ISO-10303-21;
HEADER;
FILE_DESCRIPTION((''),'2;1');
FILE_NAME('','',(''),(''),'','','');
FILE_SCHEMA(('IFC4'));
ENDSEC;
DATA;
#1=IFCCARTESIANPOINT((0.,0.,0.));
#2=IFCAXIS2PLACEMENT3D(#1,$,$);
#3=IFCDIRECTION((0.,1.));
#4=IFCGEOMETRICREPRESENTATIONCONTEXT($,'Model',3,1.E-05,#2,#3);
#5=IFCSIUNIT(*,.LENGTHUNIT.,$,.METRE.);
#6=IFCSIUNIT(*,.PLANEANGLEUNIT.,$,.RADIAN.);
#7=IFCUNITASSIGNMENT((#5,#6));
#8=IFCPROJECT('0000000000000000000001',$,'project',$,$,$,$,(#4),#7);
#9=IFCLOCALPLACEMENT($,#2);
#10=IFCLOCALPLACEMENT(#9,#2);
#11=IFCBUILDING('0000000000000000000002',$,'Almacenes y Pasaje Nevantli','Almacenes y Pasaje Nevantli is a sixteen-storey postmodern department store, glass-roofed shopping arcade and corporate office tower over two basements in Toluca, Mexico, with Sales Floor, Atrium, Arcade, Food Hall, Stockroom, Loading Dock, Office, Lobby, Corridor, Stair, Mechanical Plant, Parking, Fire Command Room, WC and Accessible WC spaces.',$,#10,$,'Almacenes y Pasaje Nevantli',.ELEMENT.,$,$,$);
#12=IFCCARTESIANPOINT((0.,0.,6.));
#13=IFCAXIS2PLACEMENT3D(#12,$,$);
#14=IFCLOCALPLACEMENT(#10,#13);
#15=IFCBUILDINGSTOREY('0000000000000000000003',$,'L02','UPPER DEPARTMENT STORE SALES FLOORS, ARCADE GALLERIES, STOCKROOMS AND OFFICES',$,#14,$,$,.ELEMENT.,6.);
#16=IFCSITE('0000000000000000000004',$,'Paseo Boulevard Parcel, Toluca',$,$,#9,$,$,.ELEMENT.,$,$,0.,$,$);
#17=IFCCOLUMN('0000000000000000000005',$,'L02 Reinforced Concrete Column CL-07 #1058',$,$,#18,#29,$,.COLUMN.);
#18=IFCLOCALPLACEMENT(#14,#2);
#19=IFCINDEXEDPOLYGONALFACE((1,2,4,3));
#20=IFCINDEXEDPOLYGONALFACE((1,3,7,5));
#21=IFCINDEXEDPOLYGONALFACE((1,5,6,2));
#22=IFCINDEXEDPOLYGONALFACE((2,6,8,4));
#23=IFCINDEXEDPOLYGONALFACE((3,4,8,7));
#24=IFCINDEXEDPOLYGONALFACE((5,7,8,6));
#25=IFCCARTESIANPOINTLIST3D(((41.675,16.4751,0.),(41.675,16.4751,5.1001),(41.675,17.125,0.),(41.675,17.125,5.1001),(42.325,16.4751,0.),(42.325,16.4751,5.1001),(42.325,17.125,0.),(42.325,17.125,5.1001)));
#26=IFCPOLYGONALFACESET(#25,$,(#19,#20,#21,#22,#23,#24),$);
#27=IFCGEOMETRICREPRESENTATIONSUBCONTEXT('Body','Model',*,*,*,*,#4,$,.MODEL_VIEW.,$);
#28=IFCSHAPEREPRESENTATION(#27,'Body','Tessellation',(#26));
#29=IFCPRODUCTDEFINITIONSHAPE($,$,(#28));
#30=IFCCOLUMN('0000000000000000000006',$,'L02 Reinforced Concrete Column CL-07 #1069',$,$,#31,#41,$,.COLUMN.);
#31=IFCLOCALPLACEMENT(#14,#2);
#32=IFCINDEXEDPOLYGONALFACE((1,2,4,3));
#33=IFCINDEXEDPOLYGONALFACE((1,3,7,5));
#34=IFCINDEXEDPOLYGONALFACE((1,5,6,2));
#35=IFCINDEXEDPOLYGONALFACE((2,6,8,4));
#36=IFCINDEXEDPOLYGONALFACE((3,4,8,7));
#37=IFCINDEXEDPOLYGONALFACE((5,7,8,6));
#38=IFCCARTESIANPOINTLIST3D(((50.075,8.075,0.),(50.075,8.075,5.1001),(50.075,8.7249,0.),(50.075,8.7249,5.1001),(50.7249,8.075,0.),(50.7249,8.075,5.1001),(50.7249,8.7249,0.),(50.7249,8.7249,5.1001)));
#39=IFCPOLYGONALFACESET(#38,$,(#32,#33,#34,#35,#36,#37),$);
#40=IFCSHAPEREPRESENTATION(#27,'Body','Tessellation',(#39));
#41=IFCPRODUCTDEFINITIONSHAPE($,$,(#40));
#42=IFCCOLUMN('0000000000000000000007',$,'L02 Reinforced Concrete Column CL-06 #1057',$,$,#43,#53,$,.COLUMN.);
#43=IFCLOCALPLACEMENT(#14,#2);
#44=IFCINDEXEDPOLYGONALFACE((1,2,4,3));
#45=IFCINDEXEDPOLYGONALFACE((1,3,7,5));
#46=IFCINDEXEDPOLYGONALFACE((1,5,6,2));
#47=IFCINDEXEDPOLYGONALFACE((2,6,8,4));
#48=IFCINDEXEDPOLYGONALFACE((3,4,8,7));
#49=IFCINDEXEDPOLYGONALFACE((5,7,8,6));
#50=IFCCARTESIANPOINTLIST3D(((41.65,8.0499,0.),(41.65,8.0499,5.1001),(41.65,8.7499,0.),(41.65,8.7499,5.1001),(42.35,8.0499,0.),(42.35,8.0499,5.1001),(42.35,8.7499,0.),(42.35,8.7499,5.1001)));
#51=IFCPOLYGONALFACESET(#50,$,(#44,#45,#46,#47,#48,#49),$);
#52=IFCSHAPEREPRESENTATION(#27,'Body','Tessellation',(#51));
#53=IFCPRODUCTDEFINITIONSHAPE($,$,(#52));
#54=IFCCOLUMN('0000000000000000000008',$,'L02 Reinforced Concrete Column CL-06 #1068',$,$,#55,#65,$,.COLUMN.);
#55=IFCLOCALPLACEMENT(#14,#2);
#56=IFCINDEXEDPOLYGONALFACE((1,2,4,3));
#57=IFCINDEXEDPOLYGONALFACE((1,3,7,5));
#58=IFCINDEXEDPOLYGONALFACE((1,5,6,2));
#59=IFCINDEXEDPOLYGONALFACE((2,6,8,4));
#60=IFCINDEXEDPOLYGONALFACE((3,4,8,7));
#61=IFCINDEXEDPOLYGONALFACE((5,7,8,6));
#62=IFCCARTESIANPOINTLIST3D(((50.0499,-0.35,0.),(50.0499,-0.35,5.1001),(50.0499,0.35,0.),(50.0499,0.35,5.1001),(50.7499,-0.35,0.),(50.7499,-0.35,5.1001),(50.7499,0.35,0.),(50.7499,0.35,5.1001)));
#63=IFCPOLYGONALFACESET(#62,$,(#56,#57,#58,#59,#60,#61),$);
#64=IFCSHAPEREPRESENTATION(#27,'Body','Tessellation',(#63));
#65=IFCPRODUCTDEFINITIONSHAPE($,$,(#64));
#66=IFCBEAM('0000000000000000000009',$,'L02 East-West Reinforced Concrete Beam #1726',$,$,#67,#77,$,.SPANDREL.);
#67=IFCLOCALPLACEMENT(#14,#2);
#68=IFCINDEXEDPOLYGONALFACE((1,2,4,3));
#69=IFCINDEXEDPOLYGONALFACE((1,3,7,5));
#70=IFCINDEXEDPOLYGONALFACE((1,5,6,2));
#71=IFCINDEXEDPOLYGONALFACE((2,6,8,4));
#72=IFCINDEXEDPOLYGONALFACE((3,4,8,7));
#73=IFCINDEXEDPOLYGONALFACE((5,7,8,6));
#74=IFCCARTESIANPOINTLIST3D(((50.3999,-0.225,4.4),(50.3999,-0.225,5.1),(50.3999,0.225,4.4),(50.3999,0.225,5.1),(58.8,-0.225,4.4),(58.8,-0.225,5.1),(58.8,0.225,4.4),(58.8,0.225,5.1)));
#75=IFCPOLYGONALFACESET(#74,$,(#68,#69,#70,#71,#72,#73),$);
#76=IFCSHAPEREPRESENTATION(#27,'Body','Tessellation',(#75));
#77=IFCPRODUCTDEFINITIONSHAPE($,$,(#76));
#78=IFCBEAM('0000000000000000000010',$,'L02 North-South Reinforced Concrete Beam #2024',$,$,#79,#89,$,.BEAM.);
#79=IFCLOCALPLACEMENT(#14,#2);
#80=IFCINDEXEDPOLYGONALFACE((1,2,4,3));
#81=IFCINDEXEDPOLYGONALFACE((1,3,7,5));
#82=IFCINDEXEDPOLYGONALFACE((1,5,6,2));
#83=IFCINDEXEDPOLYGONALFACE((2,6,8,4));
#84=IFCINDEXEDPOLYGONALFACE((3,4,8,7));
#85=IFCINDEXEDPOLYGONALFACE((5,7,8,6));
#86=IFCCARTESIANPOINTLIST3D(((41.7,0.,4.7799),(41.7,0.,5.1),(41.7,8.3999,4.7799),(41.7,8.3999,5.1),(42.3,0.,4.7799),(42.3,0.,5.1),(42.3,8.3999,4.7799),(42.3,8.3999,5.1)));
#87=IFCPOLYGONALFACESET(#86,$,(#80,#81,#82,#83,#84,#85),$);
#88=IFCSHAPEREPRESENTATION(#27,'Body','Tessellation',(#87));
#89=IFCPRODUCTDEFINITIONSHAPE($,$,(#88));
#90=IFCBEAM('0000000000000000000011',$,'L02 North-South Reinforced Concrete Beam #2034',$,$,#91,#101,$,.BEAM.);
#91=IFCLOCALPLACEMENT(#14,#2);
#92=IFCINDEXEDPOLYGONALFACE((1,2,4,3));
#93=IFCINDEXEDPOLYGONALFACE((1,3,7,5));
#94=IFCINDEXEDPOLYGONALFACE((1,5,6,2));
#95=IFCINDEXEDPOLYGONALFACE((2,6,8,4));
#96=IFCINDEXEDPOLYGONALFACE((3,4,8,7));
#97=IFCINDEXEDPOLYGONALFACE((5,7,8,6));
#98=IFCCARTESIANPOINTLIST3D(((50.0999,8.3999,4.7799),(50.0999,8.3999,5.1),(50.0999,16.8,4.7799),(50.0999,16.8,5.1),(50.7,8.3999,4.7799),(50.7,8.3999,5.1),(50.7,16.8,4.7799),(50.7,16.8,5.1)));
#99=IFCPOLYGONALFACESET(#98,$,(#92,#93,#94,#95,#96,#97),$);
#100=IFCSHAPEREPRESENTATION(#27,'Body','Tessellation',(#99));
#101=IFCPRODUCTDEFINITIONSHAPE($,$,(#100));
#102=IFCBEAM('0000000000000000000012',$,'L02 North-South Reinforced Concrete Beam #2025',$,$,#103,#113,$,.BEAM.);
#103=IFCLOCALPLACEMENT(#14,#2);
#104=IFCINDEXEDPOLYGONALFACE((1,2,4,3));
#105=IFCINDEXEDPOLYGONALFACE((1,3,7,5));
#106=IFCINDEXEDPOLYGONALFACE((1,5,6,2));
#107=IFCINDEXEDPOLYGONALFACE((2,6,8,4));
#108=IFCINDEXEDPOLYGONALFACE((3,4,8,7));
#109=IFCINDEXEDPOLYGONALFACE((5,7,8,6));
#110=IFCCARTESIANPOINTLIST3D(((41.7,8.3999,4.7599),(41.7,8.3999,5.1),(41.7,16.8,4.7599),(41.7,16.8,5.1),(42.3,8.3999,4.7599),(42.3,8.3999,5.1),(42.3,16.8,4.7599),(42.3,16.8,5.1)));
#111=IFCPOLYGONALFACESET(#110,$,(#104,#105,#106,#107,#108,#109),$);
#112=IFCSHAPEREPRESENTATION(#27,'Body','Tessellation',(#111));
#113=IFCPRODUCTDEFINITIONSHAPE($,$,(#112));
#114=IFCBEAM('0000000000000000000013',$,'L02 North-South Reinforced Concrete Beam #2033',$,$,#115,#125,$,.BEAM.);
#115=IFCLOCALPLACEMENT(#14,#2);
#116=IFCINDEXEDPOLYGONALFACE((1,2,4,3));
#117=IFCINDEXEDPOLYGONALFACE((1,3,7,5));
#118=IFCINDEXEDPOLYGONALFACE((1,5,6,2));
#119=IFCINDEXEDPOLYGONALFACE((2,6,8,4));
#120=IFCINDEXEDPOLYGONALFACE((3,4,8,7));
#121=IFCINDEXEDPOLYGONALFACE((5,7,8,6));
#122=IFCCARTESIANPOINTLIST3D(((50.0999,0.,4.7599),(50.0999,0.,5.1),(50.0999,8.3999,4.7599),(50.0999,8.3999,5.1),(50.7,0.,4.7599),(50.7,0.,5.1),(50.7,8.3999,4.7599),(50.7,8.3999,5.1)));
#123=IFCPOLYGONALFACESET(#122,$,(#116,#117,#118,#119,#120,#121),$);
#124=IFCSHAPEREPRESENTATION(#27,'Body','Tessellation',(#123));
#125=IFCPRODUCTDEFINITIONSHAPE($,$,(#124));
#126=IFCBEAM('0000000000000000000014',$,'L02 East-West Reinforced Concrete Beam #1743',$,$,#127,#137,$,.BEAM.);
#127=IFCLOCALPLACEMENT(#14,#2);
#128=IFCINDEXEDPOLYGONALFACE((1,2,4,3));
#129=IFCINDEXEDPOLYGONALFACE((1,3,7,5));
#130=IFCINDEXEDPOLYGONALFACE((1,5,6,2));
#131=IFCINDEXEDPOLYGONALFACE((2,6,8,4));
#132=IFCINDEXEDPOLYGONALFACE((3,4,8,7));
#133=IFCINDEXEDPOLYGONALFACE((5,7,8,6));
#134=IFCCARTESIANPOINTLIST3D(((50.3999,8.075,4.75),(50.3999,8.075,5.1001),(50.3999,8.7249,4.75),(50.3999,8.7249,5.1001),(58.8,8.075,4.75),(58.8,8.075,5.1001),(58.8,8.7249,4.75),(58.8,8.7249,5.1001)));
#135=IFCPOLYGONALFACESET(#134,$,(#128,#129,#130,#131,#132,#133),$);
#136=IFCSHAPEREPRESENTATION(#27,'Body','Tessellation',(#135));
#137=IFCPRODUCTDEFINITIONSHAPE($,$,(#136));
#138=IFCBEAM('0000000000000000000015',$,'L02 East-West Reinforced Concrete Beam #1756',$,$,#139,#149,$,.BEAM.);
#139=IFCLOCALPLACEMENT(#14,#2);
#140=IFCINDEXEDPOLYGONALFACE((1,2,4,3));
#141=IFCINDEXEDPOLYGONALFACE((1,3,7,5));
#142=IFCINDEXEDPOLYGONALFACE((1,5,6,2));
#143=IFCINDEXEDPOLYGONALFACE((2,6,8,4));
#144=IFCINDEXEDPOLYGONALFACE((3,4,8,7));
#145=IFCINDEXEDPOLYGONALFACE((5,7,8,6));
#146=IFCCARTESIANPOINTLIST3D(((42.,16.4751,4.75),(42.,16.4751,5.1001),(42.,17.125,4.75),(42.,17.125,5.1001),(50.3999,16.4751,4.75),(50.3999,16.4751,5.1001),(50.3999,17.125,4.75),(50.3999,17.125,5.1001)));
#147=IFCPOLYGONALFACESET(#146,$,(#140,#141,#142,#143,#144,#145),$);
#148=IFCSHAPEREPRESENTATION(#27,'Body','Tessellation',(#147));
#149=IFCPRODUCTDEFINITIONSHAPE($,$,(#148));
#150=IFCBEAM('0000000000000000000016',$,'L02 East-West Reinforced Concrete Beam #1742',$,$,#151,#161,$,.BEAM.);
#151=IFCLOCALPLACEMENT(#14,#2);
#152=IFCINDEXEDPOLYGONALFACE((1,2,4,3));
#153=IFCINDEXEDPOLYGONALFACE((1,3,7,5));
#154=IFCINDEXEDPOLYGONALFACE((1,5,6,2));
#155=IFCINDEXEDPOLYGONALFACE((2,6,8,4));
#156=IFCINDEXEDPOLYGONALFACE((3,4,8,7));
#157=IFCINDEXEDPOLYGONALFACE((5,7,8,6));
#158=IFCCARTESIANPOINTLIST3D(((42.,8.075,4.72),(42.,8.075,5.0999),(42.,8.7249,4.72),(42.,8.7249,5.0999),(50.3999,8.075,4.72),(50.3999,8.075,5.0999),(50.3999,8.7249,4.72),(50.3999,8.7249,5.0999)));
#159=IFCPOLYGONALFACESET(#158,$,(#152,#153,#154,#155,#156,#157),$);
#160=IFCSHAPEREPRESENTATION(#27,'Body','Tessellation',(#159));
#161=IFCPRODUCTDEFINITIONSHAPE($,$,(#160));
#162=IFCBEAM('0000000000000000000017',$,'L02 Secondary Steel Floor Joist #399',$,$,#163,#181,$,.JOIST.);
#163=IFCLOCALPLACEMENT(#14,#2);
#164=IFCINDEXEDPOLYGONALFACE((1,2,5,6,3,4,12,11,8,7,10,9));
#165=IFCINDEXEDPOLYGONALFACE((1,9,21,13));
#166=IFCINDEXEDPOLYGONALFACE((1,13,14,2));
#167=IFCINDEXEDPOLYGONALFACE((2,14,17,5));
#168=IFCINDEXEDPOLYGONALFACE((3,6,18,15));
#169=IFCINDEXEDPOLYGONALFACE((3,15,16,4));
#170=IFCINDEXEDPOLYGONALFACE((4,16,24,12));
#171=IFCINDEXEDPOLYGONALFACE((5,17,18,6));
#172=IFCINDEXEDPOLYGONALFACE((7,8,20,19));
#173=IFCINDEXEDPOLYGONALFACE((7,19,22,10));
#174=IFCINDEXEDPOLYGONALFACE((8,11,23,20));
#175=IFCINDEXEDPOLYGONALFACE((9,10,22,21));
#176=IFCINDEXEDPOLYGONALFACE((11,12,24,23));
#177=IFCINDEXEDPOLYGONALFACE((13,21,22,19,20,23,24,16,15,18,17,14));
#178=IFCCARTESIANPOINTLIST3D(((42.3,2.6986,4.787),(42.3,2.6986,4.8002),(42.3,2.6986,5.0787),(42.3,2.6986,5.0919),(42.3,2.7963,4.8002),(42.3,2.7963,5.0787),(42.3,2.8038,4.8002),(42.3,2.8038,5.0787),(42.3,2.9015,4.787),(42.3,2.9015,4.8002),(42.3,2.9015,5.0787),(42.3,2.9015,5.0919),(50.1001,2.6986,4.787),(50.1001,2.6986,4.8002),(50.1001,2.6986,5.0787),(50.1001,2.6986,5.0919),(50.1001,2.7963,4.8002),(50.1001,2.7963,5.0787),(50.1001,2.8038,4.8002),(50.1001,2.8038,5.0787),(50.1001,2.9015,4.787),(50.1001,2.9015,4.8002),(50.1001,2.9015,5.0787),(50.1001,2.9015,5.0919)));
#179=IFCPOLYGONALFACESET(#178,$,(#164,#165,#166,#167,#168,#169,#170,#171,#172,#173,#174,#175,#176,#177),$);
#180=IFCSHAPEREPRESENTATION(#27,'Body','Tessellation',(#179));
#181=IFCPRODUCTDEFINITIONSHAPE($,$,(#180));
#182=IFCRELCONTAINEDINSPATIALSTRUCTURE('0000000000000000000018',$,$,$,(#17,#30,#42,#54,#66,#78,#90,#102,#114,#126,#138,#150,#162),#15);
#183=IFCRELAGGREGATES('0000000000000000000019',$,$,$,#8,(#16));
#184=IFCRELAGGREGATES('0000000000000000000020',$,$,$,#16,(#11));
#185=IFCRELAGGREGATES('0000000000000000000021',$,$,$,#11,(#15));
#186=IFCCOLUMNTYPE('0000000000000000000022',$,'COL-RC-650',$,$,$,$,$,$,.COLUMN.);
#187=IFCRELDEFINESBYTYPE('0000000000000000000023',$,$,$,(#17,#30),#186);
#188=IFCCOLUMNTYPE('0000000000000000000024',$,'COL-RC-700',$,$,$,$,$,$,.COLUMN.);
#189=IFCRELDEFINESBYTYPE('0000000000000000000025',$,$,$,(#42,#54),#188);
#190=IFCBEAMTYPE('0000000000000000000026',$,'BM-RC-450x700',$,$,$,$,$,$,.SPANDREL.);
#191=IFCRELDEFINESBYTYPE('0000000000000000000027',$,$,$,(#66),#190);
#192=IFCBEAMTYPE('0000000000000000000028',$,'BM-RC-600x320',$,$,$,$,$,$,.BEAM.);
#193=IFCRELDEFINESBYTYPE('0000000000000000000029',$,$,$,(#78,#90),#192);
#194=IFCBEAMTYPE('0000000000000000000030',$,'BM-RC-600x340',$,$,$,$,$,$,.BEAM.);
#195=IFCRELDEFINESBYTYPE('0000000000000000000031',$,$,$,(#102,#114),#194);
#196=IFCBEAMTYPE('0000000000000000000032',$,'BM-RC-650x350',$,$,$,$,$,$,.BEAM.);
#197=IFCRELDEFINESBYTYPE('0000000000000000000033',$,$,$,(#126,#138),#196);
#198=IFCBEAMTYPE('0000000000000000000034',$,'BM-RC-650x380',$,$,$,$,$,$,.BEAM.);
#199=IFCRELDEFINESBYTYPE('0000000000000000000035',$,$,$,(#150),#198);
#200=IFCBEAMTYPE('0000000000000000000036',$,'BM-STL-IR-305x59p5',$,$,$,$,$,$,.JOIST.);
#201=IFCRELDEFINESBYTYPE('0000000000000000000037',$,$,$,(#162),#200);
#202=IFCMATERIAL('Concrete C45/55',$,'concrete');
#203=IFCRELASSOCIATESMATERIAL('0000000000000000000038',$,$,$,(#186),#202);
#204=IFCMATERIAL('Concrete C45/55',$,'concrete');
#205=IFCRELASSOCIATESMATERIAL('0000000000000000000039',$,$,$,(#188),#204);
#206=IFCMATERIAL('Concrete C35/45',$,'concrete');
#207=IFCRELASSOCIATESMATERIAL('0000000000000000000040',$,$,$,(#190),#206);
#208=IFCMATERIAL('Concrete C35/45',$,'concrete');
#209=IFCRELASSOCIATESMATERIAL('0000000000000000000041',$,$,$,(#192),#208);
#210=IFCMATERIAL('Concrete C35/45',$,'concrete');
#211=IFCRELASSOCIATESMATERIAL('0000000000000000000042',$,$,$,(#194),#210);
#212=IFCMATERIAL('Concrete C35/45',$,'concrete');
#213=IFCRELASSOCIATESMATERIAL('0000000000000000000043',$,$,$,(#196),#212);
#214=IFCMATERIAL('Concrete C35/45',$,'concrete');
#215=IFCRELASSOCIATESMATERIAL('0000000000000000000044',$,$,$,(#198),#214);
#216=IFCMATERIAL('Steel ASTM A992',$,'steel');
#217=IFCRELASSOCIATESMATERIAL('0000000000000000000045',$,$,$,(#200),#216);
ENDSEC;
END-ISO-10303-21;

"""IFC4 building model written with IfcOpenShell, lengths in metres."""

from ifc_helpers import new_model, si_unit, direction, frame, origin, origin_2d, place, context, subcontext, project, spatial, rectangle, i_section, extrude, material, material_profile, profile_set, type_object, element, save


model = new_model("IFC4")

# Units and contexts
model_context = context("Model", 3, precision=1e-05, world=origin(), true_north=direction((0.0, 1.0)))
body_context = subcontext(model_context, "Body", "Model", "MODEL_VIEW")
ifc_project = project(units=[si_unit("LENGTHUNIT", "METRE"), si_unit("PLANEANGLEUNIT", "RADIAN")], contexts=[model_context])

# Site, building, storey
site_placement = place(None, origin())
site = spatial("IfcSite", under=ifc_project, at=site_placement, Name="Paseo Boulevard Parcel, Toluca", CompositionType="ELEMENT", RefElevation=0.0)
building_placement = place(site_placement, origin())
building = spatial("IfcBuilding", under=site, at=building_placement, Name="Almacenes y Pasaje Nevantli", Description="Almacenes y Pasaje Nevantli is a sixteen-storey postmodern department store, glass-roofed shopping arcade and corporate office tower over two basements in Toluca, Mexico, with Sales Floor, Atrium, Arcade, Food Hall, Stockroom, Loading Dock, Office, Lobby, Corridor, Stair, Mechanical Plant, Parking, Fire Command Room, WC and Accessible WC spaces.", LongName="Almacenes y Pasaje Nevantli", CompositionType="ELEMENT")
storey_placement = place(building_placement, frame((0.0, 0.0, 6.0)))
storey = spatial("IfcBuildingStorey", under=building, at=storey_placement, Name="L02", Description="UPPER DEPARTMENT STORE SALES FLOORS, ARCADE GALLERIES, STOCKROOMS AND OFFICES", CompositionType="ELEMENT", Elevation=6.0)

# Columns
ifc_material_1 = material(Name="Concrete C45/55", Category="concrete")
ifc_material_profile_1 = material_profile(ifc_material_1, rectangle(XDim=0.6499, YDim=0.6499, at=origin_2d()), Name="RC-COL-650x650")
ifc_profile_set_1 = profile_set([ifc_material_profile_1], Name="Concrete C45/55")
column_type_1 = type_object("IfcColumnType", Name="COL-RC-650", PredefinedType="COLUMN", material=ifc_profile_set_1)
for number, where, z_axis, x_axis, name in (
    (1, (42.0, 16.8, 0.0), (0.0, 0.0, 1.0), (1.0, 0.0, 0.0), "L02 Reinforced Concrete Column CL-07 #1058"),
    (2, (50.3999, 8.3999, 0.0), (0.0, 0.0, 1.0), (1.0, 0.0, 0.0), "L02 Reinforced Concrete Column CL-07 #1069"),
):
    element("IfcColumn", number, at=place(storey_placement, frame(where, z_axis=z_axis, x_axis=x_axis)), inside=storey, type_object=column_type_1, Name=name, PredefinedType="COLUMN", context=body_context, shape_type="SweptSolid", body=[
        extrude(rectangle(XDim=0.6499, YDim=0.6499, at=origin_2d()), origin(), (0.0, 0.0, 1.0), 5.1001),
    ])
ifc_material_2 = material(Name="Concrete C45/55", Category="concrete")
ifc_material_profile_2 = material_profile(ifc_material_2, rectangle(XDim=0.7, YDim=0.7, at=origin_2d()), Name="RC-COL-700x700")
ifc_profile_set_2 = profile_set([ifc_material_profile_2], Name="Concrete C45/55")
column_type_2 = type_object("IfcColumnType", Name="COL-RC-700", PredefinedType="COLUMN", material=ifc_profile_set_2)
for number, where, z_axis, x_axis, name in (
    (3, (42.0, 8.3999, 0.0), (0.0, 0.0, 1.0), (1.0, 0.0, 0.0), "L02 Reinforced Concrete Column CL-06 #1057"),
    (4, (50.3999, 0.0, 0.0), (0.0, 0.0, 1.0), (1.0, 0.0, 0.0), "L02 Reinforced Concrete Column CL-06 #1068"),
):
    element("IfcColumn", number, at=place(storey_placement, frame(where, z_axis=z_axis, x_axis=x_axis)), inside=storey, type_object=column_type_2, Name=name, PredefinedType="COLUMN", context=body_context, shape_type="SweptSolid", body=[
        extrude(rectangle(XDim=0.7, YDim=0.7, at=origin_2d()), origin(), (0.0, 0.0, 1.0), 5.1001),
    ])

# Beams
ifc_material_3 = material(Name="Concrete C35/45", Category="concrete")
ifc_material_profile_3 = material_profile(ifc_material_3, rectangle(XDim=0.45, YDim=0.7, at=origin_2d()), Name="RC-BM-450x700")
ifc_profile_set_3 = profile_set([ifc_material_profile_3], Name="Concrete C35/45")
beam_type_1 = type_object("IfcBeamType", Name="BM-RC-450x700", PredefinedType="SPANDREL", material=ifc_profile_set_3)
beam_1_placement = place(storey_placement, frame((50.3999, 0.0, 4.75), z_axis=(1.0, 0.0, 0.0), x_axis=(0.0, 1.0, 0.0)))
element("IfcBeam", 5, at=beam_1_placement, inside=storey, type_object=beam_type_1, Name="L02 East-West Reinforced Concrete Beam #1726", PredefinedType="SPANDREL", context=body_context, shape_type="SweptSolid", body=[
    extrude(rectangle(XDim=0.45, YDim=0.7, at=origin_2d()), origin(), (0.0, 0.0, 1.0), 8.4001),
])
ifc_material_4 = material(Name="Concrete C35/45", Category="concrete")
ifc_material_profile_4 = material_profile(ifc_material_4, rectangle(XDim=0.6001, YDim=0.3201, at=origin_2d()), Name="RC-BM-600x320")
ifc_profile_set_4 = profile_set([ifc_material_profile_4], Name="Concrete C35/45")
beam_type_2 = type_object("IfcBeamType", Name="BM-RC-600x320", PredefinedType="BEAM", material=ifc_profile_set_4)
beam_2_placement = place(storey_placement, frame((42.0, 0.0, 4.9399), z_axis=(0.0, 1.0, 0.0), x_axis=(-1.0, 0.0, 0.0)))
element("IfcBeam", 6, at=beam_2_placement, inside=storey, type_object=beam_type_2, Name="L02 North-South Reinforced Concrete Beam #2024", PredefinedType="BEAM", context=body_context, shape_type="SweptSolid", body=[
    extrude(rectangle(XDim=0.6001, YDim=0.3201, at=origin_2d()), origin(), (0.0, 0.0, 1.0), 8.3999),
])
beam_3_placement = place(storey_placement, frame((50.3999, 8.3999, 4.9399), z_axis=(0.0, 1.0, 0.0), x_axis=(-1.0, 0.0, 0.0)))
element("IfcBeam", 7, at=beam_3_placement, inside=storey, type_object=beam_type_2, Name="L02 North-South Reinforced Concrete Beam #2034", PredefinedType="BEAM", context=body_context, shape_type="SweptSolid", body=[
    extrude(rectangle(XDim=0.6001, YDim=0.3201, at=origin_2d()), origin(), (0.0, 0.0, 1.0), 8.4001),
])
ifc_material_5 = material(Name="Concrete C35/45", Category="concrete")
ifc_material_profile_5 = material_profile(ifc_material_5, rectangle(XDim=0.6001, YDim=0.3401, at=origin_2d()), Name="RC-BM-600x340")
ifc_profile_set_5 = profile_set([ifc_material_profile_5], Name="Concrete C35/45")
beam_type_3 = type_object("IfcBeamType", Name="BM-RC-600x340", PredefinedType="BEAM", material=ifc_profile_set_5)
beam_4_placement = place(storey_placement, frame((42.0, 8.3999, 4.9299), z_axis=(0.0, 1.0, 0.0), x_axis=(-1.0, 0.0, 0.0)))
element("IfcBeam", 8, at=beam_4_placement, inside=storey, type_object=beam_type_3, Name="L02 North-South Reinforced Concrete Beam #2025", PredefinedType="BEAM", context=body_context, shape_type="SweptSolid", body=[
    extrude(rectangle(XDim=0.6001, YDim=0.3401, at=origin_2d()), origin(), (0.0, 0.0, 1.0), 8.4001),
])
beam_5_placement = place(storey_placement, frame((50.3999, 0.0, 4.9299), z_axis=(0.0, 1.0, 0.0), x_axis=(-1.0, 0.0, 0.0)))
element("IfcBeam", 9, at=beam_5_placement, inside=storey, type_object=beam_type_3, Name="L02 North-South Reinforced Concrete Beam #2033", PredefinedType="BEAM", context=body_context, shape_type="SweptSolid", body=[
    extrude(rectangle(XDim=0.6001, YDim=0.3401, at=origin_2d()), origin(), (0.0, 0.0, 1.0), 8.3999),
])
ifc_material_6 = material(Name="Concrete C35/45", Category="concrete")
ifc_material_profile_6 = material_profile(ifc_material_6, rectangle(XDim=0.6499, YDim=0.3501, at=origin_2d()), Name="RC-BM-650x350")
ifc_profile_set_6 = profile_set([ifc_material_profile_6], Name="Concrete C35/45")
beam_type_4 = type_object("IfcBeamType", Name="BM-RC-650x350", PredefinedType="BEAM", material=ifc_profile_set_6)
beam_6_placement = place(storey_placement, frame((50.3999, 8.3999, 4.925), z_axis=(1.0, 0.0, 0.0), x_axis=(0.0, 1.0, 0.0)))
element("IfcBeam", 10, at=beam_6_placement, inside=storey, type_object=beam_type_4, Name="L02 East-West Reinforced Concrete Beam #1743", PredefinedType="BEAM", context=body_context, shape_type="SweptSolid", body=[
    extrude(rectangle(XDim=0.6499, YDim=0.3501, at=origin_2d()), origin(), (0.0, 0.0, 1.0), 8.4001),
])
beam_7_placement = place(storey_placement, frame((42.0, 16.8, 4.925), z_axis=(1.0, 0.0, 0.0), x_axis=(0.0, 1.0, 0.0)))
element("IfcBeam", 11, at=beam_7_placement, inside=storey, type_object=beam_type_4, Name="L02 East-West Reinforced Concrete Beam #1756", PredefinedType="BEAM", context=body_context, shape_type="SweptSolid", body=[
    extrude(rectangle(XDim=0.6499, YDim=0.3501, at=origin_2d()), origin(), (0.0, 0.0, 1.0), 8.3999),
])
ifc_material_7 = material(Name="Concrete C35/45", Category="concrete")
ifc_material_profile_7 = material_profile(ifc_material_7, rectangle(XDim=0.6499, YDim=0.3799, at=origin_2d()), Name="RC-BM-650x380")
ifc_profile_set_7 = profile_set([ifc_material_profile_7], Name="Concrete C35/45")
beam_type_5 = type_object("IfcBeamType", Name="BM-RC-650x380", PredefinedType="BEAM", material=ifc_profile_set_7)
beam_8_placement = place(storey_placement, frame((42.0, 8.3999, 4.9099), z_axis=(1.0, 0.0, 0.0), x_axis=(0.0, 1.0, 0.0)))
element("IfcBeam", 12, at=beam_8_placement, inside=storey, type_object=beam_type_5, Name="L02 East-West Reinforced Concrete Beam #1742", PredefinedType="BEAM", context=body_context, shape_type="SweptSolid", body=[
    extrude(rectangle(XDim=0.6499, YDim=0.3799, at=origin_2d()), origin(), (0.0, 0.0, 1.0), 8.3999),
])
ifc_material_8 = material(Name="Steel ASTM A992", Category="steel")
ifc_material_profile_8 = material_profile(ifc_material_8, i_section(OverallWidth=0.2029, OverallDepth=0.3049, WebThickness=0.0076, FlangeThickness=0.0132, at=origin_2d()), Name="IR 305x59.5")
ifc_profile_set_8 = profile_set([ifc_material_profile_8], Name="Steel ASTM A992")
beam_type_6 = type_object("IfcBeamType", Name="BM-STL-IR-305x59p5", PredefinedType="JOIST", material=ifc_profile_set_8)
for number, where, z_axis, x_axis, name in (
    (13, (42.3, 2.8, 4.9395), (1.0, 0.0, 0.0), (0.0, 1.0, 0.0), "L02 Secondary Steel Floor Joist #399"),
):
    element("IfcBeam", number, at=place(storey_placement, frame(where, z_axis=z_axis, x_axis=x_axis)), inside=storey, type_object=beam_type_6, Name=name, PredefinedType="JOIST", context=body_context, shape_type="SweptSolid", body=[
        extrude(i_section(OverallWidth=0.2029, OverallDepth=0.3049, WebThickness=0.0076, FlangeThickness=0.0132, at=origin_2d()), origin(), (0.0, 0.0, 1.0), 7.8),
    ])

save(model, "model.ifc")
